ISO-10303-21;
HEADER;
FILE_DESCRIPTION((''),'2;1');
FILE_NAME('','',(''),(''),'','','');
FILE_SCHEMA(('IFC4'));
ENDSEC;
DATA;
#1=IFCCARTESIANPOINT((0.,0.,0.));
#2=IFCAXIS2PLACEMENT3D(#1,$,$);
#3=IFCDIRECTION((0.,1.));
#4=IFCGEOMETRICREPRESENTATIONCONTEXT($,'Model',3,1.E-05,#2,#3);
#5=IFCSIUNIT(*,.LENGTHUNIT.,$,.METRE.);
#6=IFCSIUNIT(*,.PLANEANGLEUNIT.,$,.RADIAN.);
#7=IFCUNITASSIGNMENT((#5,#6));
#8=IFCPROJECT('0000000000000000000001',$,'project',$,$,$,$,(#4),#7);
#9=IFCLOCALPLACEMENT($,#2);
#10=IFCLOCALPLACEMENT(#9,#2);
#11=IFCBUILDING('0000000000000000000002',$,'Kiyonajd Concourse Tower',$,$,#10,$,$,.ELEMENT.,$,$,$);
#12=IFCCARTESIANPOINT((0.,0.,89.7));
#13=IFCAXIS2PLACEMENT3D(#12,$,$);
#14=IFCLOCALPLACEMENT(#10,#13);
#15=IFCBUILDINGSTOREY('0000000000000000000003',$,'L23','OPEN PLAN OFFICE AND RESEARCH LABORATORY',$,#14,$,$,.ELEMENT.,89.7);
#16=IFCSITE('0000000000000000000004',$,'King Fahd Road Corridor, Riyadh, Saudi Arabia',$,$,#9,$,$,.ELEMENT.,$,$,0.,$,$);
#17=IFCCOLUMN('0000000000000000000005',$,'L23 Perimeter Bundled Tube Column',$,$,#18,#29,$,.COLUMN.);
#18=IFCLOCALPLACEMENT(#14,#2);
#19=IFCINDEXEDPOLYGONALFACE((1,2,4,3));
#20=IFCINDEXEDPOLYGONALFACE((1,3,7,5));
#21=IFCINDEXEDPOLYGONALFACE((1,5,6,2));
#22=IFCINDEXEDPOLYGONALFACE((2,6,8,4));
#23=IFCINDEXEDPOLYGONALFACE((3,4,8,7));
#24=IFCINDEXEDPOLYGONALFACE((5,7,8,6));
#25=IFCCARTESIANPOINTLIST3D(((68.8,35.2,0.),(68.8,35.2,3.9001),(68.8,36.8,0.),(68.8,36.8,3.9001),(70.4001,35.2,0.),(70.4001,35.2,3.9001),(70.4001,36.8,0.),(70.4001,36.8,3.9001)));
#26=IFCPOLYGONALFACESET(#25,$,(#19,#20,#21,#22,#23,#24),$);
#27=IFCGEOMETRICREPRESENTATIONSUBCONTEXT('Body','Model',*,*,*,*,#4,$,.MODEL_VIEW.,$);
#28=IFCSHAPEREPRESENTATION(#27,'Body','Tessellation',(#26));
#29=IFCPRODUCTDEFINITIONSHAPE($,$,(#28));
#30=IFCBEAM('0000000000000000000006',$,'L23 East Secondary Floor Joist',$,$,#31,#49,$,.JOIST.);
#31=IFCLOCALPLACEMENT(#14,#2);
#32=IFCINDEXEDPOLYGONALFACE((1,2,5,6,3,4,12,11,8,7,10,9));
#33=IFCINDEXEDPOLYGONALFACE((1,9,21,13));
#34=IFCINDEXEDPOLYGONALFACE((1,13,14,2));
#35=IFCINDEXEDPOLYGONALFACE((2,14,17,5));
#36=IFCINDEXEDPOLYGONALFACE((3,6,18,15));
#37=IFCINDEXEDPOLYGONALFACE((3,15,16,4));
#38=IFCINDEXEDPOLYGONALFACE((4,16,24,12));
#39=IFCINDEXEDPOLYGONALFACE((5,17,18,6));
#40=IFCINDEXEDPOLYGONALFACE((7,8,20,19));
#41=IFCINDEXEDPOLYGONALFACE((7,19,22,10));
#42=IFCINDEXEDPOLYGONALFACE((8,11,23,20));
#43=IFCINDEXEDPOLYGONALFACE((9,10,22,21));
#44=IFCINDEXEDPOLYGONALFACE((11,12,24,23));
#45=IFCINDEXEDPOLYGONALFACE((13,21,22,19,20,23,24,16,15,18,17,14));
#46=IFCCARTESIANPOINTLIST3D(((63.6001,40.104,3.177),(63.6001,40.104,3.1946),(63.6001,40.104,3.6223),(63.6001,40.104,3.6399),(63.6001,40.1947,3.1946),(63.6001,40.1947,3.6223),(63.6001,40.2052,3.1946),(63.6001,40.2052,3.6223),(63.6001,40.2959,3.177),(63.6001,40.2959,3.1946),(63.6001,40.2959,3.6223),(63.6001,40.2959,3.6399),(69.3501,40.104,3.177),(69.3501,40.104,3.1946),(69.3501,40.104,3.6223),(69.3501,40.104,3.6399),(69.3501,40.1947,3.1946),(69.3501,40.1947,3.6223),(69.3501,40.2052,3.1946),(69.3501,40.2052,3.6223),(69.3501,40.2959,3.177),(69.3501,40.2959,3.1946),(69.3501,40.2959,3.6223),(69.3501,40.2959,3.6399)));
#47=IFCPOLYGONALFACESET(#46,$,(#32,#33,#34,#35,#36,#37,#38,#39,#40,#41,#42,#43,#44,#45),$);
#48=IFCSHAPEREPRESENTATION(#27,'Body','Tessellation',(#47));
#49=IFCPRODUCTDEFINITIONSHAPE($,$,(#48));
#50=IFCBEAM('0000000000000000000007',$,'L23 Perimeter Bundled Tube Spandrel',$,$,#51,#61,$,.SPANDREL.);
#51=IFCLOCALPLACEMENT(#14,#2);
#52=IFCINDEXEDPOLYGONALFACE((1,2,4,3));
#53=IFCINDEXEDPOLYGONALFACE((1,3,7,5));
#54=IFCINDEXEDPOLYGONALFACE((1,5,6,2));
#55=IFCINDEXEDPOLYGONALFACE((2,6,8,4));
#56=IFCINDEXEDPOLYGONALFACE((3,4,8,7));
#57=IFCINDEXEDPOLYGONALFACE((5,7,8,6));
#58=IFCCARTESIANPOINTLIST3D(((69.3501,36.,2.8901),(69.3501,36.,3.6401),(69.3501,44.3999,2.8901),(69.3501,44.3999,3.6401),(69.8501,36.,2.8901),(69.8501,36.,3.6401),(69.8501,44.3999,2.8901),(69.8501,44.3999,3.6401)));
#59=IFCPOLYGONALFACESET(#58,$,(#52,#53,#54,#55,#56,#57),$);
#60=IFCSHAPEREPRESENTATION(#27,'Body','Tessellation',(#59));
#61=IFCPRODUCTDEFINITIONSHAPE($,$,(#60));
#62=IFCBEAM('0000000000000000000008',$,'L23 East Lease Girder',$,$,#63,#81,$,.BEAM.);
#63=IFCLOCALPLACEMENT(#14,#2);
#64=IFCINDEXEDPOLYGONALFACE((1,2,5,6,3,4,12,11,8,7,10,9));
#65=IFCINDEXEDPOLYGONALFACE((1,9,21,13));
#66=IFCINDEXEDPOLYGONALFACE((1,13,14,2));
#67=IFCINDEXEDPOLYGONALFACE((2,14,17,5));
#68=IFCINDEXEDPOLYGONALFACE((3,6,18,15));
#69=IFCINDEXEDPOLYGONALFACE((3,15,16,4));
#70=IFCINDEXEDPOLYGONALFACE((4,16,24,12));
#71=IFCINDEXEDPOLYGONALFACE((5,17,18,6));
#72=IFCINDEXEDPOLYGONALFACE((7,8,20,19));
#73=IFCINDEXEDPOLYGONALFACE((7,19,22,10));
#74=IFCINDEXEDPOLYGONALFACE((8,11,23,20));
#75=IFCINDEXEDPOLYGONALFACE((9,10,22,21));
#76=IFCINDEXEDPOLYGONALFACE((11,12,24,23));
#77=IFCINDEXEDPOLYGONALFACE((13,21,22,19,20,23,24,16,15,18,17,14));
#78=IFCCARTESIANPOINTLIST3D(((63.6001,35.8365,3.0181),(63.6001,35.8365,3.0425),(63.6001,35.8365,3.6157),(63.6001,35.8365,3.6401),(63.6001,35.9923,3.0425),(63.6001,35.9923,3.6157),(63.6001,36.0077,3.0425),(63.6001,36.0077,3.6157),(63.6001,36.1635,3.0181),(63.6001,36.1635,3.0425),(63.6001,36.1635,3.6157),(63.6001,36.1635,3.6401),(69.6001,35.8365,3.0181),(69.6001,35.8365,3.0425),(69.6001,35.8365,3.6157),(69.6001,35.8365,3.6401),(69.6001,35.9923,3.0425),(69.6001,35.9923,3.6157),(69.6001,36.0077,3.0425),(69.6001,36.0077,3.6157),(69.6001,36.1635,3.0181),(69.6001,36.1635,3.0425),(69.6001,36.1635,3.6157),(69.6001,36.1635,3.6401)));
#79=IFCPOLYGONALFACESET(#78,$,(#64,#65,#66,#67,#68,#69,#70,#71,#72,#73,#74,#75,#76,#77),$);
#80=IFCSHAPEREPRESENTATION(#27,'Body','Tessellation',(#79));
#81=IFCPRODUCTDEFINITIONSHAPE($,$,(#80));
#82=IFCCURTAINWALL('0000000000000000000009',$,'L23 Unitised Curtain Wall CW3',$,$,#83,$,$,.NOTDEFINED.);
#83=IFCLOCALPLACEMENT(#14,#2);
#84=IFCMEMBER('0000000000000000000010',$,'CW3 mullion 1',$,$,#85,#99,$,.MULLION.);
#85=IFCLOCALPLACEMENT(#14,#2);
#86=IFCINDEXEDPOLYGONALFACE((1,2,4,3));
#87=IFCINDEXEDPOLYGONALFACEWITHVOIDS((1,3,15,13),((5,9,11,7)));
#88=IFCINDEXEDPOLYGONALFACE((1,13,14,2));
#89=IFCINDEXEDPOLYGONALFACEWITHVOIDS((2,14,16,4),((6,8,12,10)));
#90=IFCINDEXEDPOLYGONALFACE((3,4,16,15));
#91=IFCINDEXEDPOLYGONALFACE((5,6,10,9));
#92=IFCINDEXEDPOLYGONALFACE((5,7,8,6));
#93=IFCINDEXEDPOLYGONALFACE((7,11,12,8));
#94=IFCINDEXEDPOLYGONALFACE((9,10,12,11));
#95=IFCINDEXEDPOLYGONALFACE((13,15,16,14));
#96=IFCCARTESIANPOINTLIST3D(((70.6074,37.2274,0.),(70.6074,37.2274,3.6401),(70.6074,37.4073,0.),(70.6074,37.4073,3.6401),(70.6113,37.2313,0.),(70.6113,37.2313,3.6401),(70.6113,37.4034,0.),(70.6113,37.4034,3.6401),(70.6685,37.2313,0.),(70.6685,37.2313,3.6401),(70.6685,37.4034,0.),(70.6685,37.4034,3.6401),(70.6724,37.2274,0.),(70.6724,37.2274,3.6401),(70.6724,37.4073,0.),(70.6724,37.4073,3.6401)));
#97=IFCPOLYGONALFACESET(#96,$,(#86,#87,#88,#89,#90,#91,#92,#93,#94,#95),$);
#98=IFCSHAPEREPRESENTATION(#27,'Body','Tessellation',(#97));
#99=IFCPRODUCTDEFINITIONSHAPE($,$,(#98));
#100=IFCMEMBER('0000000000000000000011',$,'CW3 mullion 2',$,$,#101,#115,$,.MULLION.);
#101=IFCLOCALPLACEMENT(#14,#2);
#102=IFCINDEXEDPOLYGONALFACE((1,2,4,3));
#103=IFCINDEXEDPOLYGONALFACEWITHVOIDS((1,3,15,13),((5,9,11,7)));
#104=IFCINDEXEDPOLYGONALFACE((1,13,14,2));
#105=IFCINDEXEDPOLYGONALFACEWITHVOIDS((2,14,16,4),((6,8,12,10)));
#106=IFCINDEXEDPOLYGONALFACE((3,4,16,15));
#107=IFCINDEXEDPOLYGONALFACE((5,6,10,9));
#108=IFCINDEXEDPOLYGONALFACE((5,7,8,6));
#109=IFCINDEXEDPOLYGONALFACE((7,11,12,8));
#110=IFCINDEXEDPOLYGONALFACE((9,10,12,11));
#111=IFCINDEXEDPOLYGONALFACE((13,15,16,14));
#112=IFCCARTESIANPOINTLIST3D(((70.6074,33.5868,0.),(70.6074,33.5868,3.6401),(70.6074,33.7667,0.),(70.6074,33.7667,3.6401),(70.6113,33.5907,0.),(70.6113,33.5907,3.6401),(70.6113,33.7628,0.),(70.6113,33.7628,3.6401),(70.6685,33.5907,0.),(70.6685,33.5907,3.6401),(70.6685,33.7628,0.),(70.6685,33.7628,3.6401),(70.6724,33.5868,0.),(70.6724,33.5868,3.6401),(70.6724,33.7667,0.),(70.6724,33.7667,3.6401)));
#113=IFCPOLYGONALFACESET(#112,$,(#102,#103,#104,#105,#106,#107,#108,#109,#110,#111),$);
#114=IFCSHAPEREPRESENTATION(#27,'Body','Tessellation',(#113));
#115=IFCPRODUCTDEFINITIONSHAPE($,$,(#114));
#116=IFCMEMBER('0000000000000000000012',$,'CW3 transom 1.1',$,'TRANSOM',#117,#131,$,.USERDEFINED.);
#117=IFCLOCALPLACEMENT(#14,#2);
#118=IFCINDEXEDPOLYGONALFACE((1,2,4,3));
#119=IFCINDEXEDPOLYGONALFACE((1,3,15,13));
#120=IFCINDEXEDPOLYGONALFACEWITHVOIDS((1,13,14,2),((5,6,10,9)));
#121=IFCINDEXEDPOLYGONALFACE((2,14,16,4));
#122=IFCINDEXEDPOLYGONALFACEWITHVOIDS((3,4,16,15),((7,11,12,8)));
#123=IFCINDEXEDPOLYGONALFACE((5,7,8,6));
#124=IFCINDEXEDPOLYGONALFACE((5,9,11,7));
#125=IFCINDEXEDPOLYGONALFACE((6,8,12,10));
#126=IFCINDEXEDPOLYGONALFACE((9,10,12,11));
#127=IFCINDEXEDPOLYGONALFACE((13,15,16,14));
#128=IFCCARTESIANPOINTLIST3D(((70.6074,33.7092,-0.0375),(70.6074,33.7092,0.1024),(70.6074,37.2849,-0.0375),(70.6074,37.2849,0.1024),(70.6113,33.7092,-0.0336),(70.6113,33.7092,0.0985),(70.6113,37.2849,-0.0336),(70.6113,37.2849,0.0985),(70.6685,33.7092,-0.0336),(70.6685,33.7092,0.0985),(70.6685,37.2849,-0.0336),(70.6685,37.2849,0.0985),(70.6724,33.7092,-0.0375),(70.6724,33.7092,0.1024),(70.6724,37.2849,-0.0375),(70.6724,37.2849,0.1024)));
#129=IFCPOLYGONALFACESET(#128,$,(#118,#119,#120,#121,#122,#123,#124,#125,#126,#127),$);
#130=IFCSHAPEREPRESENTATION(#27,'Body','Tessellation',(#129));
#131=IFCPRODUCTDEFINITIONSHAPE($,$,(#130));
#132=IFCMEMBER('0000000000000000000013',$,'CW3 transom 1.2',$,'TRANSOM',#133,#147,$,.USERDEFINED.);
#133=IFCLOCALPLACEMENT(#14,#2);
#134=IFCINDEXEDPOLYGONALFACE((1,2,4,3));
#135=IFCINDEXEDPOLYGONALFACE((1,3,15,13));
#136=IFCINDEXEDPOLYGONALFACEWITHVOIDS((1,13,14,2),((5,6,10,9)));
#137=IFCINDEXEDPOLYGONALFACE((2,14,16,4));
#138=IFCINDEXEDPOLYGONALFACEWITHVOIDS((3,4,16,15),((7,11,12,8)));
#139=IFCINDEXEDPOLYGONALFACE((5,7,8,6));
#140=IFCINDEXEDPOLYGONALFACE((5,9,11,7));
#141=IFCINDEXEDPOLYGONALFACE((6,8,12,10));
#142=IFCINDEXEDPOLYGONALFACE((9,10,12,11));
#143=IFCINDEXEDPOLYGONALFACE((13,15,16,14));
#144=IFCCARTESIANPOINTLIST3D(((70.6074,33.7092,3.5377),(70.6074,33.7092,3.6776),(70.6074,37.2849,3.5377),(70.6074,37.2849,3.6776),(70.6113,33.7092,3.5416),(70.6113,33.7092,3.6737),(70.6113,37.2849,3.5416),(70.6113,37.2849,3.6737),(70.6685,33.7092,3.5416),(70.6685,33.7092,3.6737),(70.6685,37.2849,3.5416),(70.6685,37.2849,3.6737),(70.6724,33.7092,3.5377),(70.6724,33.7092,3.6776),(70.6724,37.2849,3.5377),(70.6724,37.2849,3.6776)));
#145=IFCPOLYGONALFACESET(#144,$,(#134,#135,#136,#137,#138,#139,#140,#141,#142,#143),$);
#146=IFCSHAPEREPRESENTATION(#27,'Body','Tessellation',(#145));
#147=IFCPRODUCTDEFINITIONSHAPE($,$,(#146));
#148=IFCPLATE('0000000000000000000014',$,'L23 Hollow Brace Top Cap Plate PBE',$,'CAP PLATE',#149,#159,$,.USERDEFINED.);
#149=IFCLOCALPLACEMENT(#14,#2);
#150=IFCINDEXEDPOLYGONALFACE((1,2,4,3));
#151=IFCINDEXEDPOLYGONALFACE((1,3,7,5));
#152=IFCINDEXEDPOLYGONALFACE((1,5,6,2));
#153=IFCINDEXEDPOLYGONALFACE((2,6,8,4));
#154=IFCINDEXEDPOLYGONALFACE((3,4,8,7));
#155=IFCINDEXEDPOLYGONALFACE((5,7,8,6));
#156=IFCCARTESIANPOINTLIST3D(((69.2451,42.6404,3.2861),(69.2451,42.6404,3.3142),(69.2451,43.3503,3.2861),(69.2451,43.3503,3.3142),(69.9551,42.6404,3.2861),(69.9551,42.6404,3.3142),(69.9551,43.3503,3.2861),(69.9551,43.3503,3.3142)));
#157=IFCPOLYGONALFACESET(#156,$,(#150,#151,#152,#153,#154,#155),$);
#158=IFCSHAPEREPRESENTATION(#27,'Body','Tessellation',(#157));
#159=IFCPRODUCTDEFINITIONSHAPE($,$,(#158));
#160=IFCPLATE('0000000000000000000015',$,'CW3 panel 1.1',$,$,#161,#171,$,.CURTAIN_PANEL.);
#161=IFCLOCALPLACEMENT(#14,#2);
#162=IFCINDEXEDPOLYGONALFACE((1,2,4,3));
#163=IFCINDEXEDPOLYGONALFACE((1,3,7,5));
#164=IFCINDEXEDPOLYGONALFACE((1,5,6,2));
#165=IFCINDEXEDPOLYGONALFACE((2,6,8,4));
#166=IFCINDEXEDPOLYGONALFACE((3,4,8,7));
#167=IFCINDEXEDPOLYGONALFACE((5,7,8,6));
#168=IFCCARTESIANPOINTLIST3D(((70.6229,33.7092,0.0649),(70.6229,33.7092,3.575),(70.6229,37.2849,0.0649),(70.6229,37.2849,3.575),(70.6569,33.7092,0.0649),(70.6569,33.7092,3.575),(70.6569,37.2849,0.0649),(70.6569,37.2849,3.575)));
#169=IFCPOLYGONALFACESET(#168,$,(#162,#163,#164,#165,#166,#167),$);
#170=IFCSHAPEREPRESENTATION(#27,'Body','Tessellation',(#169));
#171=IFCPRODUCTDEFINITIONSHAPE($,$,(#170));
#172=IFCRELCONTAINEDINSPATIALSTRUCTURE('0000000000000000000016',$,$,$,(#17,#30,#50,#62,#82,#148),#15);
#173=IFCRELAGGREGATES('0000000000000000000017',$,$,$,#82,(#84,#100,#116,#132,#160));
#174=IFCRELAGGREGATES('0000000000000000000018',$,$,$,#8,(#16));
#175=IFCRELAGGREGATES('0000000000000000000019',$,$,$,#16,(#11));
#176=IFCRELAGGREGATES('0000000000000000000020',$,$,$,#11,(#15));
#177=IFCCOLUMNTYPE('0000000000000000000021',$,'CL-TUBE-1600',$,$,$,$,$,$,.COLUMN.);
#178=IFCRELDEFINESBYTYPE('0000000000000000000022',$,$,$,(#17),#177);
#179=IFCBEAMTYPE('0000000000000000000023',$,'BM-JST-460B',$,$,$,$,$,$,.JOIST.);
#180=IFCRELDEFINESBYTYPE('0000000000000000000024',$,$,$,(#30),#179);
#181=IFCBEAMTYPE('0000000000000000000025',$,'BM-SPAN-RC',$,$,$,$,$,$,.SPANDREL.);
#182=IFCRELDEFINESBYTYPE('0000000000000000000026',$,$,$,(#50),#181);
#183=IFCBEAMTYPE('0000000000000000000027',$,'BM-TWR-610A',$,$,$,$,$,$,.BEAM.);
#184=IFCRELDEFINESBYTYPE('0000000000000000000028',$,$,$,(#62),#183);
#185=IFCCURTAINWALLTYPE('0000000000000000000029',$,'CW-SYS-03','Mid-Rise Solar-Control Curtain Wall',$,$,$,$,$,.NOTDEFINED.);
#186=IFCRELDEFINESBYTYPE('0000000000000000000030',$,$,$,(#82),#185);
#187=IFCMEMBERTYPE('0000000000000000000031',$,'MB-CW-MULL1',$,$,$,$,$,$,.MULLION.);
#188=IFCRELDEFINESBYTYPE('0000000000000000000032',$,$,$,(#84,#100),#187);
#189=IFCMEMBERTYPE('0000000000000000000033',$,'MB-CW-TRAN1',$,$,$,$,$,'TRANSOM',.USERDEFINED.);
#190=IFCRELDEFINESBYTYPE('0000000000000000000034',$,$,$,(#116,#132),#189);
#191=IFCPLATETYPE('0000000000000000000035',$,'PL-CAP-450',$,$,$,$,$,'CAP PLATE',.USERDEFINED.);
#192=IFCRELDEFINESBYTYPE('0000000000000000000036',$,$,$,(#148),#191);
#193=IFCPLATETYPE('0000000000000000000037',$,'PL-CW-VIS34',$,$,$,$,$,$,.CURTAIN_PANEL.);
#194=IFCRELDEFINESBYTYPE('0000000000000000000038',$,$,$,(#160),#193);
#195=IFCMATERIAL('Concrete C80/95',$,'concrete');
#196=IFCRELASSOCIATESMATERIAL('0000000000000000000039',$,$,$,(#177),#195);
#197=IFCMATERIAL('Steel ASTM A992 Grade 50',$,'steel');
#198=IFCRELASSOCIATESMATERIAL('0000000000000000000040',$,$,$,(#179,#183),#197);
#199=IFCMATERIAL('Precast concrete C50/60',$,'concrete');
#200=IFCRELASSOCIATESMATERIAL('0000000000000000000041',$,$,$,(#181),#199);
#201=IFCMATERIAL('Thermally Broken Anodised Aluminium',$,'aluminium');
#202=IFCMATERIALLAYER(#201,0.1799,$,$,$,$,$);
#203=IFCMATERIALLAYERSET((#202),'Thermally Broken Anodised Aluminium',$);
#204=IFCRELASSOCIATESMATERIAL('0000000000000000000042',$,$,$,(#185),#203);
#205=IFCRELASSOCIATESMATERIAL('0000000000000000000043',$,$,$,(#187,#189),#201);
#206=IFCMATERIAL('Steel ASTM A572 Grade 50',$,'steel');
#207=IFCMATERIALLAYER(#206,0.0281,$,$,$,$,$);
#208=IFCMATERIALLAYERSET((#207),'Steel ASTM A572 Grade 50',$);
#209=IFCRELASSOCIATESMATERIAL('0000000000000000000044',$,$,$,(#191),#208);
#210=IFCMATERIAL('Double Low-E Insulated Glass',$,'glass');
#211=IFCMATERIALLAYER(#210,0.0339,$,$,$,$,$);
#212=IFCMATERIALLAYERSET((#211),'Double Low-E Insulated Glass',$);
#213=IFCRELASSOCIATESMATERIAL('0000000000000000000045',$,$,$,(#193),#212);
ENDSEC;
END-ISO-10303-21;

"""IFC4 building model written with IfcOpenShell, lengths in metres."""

from ifc_helpers import new_model, si_unit, direction, frame, origin, origin_2d, place, context, subcontext, project, spatial, rectangle, hollow_rectangle, i_section, extrude, material, layer, layer_set, material_profile, profile_set, type_object, element, aggregate, save


model = new_model("IFC4")

# Units and contexts
model_context = context("Model", 3, precision=1e-05, world=origin(), true_north=direction((0.0, 1.0)))
body_context = subcontext(model_context, "Body", "Model", "MODEL_VIEW")
ifc_project = project(units=[si_unit("LENGTHUNIT", "METRE"), si_unit("PLANEANGLEUNIT", "RADIAN")], contexts=[model_context])

# Site, building, storey
site_placement = place(None, origin())
site = spatial("IfcSite", under=ifc_project, at=site_placement, Name="King Fahd Road Corridor, Riyadh, Saudi Arabia", CompositionType="ELEMENT", RefElevation=0.0)
building_placement = place(site_placement, origin())
building = spatial("IfcBuilding", under=site, at=building_placement, Name="Kiyonajd Concourse Tower", CompositionType="ELEMENT")
storey_placement = place(building_placement, frame((0.0, 0.0, 89.7)))
storey = spatial("IfcBuildingStorey", under=building, at=storey_placement, Name="L23", Description="OPEN PLAN OFFICE AND RESEARCH LABORATORY", CompositionType="ELEMENT", Elevation=89.7)

# Column
ifc_material_1 = material(Name="Concrete C80/95", Category="concrete")
ifc_material_profile_1 = material_profile(ifc_material_1, rectangle(XDim=1.6001, YDim=1.6001, at=origin_2d()), Name="RC-1600x1600")
ifc_profile_set_1 = profile_set([ifc_material_profile_1], Name="Concrete C80/95")
column_type = type_object("IfcColumnType", Name="CL-TUBE-1600", PredefinedType="COLUMN", material=ifc_profile_set_1)
column_placement = place(storey_placement, frame((69.6001, 36.0, 0.0), z_axis=(0.0, 0.0, 1.0), x_axis=(1.0, 0.0, 0.0)))
element("IfcColumn", 1, at=column_placement, inside=storey, type_object=column_type, Name="L23 Perimeter Bundled Tube Column", PredefinedType="COLUMN", context=body_context, shape_type="SweptSolid", body=[
    extrude(rectangle(XDim=1.6001, YDim=1.6001, at=origin_2d()), origin(), (0.0, 0.0, 1.0), 3.9001),
])

# Beams
ifc_material_2 = material(Name="Steel ASTM A992 Grade 50", Category="steel")
ifc_material_profile_2 = material_profile(ifc_material_2, i_section(OverallWidth=0.1919, OverallDepth=0.4629, WebThickness=0.0105, FlangeThickness=0.0176, at=origin_2d()), Name="W460X89")
ifc_profile_set_2 = profile_set([ifc_material_profile_2], Name="Steel ASTM A992 Grade 50")
beam_type_1 = type_object("IfcBeamType", Name="BM-JST-460B", PredefinedType="JOIST", material=ifc_profile_set_2)
beam_1_placement = place(storey_placement, frame((63.6001, 40.2, 3.4084), z_axis=(1.0, 0.0, 0.0), x_axis=(0.0, 1.0, 0.0)))
element("IfcBeam", 2, at=beam_1_placement, inside=storey, type_object=beam_type_1, Name="L23 East Secondary Floor Joist", PredefinedType="JOIST", context=body_context, shape_type="SweptSolid", body=[
    extrude(i_section(OverallWidth=0.1919, OverallDepth=0.4629, WebThickness=0.0105, FlangeThickness=0.0176, at=origin_2d()), origin(), (0.0, 0.0, 1.0), 5.75),
])
ifc_material_3 = material(Name="Precast concrete C50/60", Category="concrete")
ifc_material_profile_3 = material_profile(ifc_material_3, rectangle(XDim=0.5, YDim=0.75, at=origin_2d()), Name="RCBM-500x750")
ifc_profile_set_3 = profile_set([ifc_material_profile_3], Name="Precast concrete C50/60")
beam_type_2 = type_object("IfcBeamType", Name="BM-SPAN-RC", PredefinedType="SPANDREL", material=ifc_profile_set_3)
beam_2_placement = place(storey_placement, frame((69.6001, 36.0, 3.2651), z_axis=(0.0, 1.0, 0.0), x_axis=(-1.0, 0.0, 0.0)))
element("IfcBeam", 3, at=beam_2_placement, inside=storey, type_object=beam_type_2, Name="L23 Perimeter Bundled Tube Spandrel", PredefinedType="SPANDREL", context=body_context, shape_type="SweptSolid", body=[
    extrude(rectangle(XDim=0.5, YDim=0.75, at=origin_2d()), origin(), (0.0, 0.0, 1.0), 8.3999),
])
ifc_material_profile_4 = material_profile(ifc_material_2, i_section(OverallWidth=0.3269, OverallDepth=0.6221, WebThickness=0.0154, FlangeThickness=0.0244, at=origin_2d()), Name="W610X195")
ifc_profile_set_4 = profile_set([ifc_material_profile_4], Name="Steel ASTM A992 Grade 50")
beam_type_3 = type_object("IfcBeamType", Name="BM-TWR-610A", PredefinedType="BEAM", material=ifc_profile_set_4)
beam_3_placement = place(storey_placement, frame((63.6001, 36.0, 3.3291), z_axis=(1.0, 0.0, 0.0), x_axis=(0.0, 1.0, 0.0)))
element("IfcBeam", 4, at=beam_3_placement, inside=storey, type_object=beam_type_3, Name="L23 East Lease Girder", PredefinedType="BEAM", context=body_context, shape_type="SweptSolid", body=[
    extrude(i_section(OverallWidth=0.3269, OverallDepth=0.6221, WebThickness=0.0154, FlangeThickness=0.0244, at=origin_2d()), origin(), (0.0, 0.0, 1.0), 6.0),
])

# Curtain wall, members
ifc_material_4 = material(Name="Thermally Broken Anodised Aluminium", Category="aluminium")
ifc_layer_1 = layer(ifc_material_4, 0.1799)
ifc_layer_set_1 = layer_set([ifc_layer_1], Name="Thermally Broken Anodised Aluminium")
curtain_wall_type = type_object("IfcCurtainWallType", Name="CW-SYS-03", Description="Mid-Rise Solar-Control Curtain Wall", PredefinedType="NOTDEFINED", material=ifc_layer_set_1)
curtain_wall_placement = place(storey_placement, origin())
curtain_wall = element("IfcCurtainWall", 5, at=curtain_wall_placement, inside=storey, type_object=curtain_wall_type, Name="L23 Unitised Curtain Wall CW3", PredefinedType="NOTDEFINED")
ifc_material_profile_5 = material_profile(ifc_material_4, hollow_rectangle(XDim=0.0649, YDim=0.1799, WallThickness=0.0039, at=origin_2d()), Name="MULL-65x180")
ifc_profile_set_5 = profile_set([ifc_material_profile_5], Name="Thermally Broken Anodised Aluminium")
member_type_1 = type_object("IfcMemberType", Name="MB-CW-MULL1", PredefinedType="MULLION", material=ifc_profile_set_5)
member_1_placement = place(storey_placement, frame((70.6399, 37.3174, 0.0), z_axis=(0.0, 0.0, 1.0), x_axis=(1.0, 0.0, 0.0)))
member_1 = element("IfcMember", 6, at=member_1_placement, type_object=member_type_1, Name="CW3 mullion 1", PredefinedType="MULLION", context=body_context, shape_type="SweptSolid", body=[
    extrude(hollow_rectangle(XDim=0.0649, YDim=0.1799, WallThickness=0.0039, at=origin_2d()), origin(), (0.0, 0.0, 1.0), 3.6401),
])
member_2_placement = place(storey_placement, frame((70.6399, 33.6768, 0.0), z_axis=(0.0, 0.0, 1.0), x_axis=(1.0, 0.0, 0.0)))
member_2 = element("IfcMember", 7, at=member_2_placement, type_object=member_type_1, Name="CW3 mullion 2", PredefinedType="MULLION", context=body_context, shape_type="SweptSolid", body=[
    extrude(hollow_rectangle(XDim=0.0649, YDim=0.1799, WallThickness=0.0039, at=origin_2d()), origin(), (0.0, 0.0, 1.0), 3.6401),
])
ifc_material_profile_6 = material_profile(ifc_material_4, hollow_rectangle(XDim=0.0649, YDim=0.1399, WallThickness=0.0039, at=origin_2d()), Name="TRAN-65x140")
ifc_profile_set_6 = profile_set([ifc_material_profile_6], Name="Thermally Broken Anodised Aluminium")
member_type_2 = type_object("IfcMemberType", Name="MB-CW-TRAN1", ElementType="TRANSOM", PredefinedType="USERDEFINED", material=ifc_profile_set_6)
member_3_placement = place(storey_placement, frame((70.6399, 37.2849, 0.0325), z_axis=(0.0, -1.0, 0.0), x_axis=(1.0, 0.0, 0.0)))
member_3 = element("IfcMember", 8, at=member_3_placement, type_object=member_type_2, Name="CW3 transom 1.1", ObjectType="TRANSOM", PredefinedType="USERDEFINED", context=body_context, shape_type="SweptSolid", body=[
    extrude(hollow_rectangle(XDim=0.0649, YDim=0.1399, WallThickness=0.0039, at=origin_2d()), origin(), (0.0, 0.0, 1.0), 3.5757),
])
member_4_placement = place(storey_placement, frame((70.6399, 37.2849, 3.6077), z_axis=(0.0, -1.0, 0.0), x_axis=(1.0, 0.0, 0.0)))
member_4 = element("IfcMember", 9, at=member_4_placement, type_object=member_type_2, Name="CW3 transom 1.2", ObjectType="TRANSOM", PredefinedType="USERDEFINED", context=body_context, shape_type="SweptSolid", body=[
    extrude(hollow_rectangle(XDim=0.0649, YDim=0.1399, WallThickness=0.0039, at=origin_2d()), origin(), (0.0, 0.0, 1.0), 3.5757),
])

# Plates
ifc_material_5 = material(Name="Steel ASTM A572 Grade 50", Category="steel")
ifc_layer_2 = layer(ifc_material_5, 0.0281)
ifc_layer_set_2 = layer_set([ifc_layer_2], Name="Steel ASTM A572 Grade 50")
plate_type_1 = type_object("IfcPlateType", Name="PL-CAP-450", ElementType="CAP PLATE", PredefinedType="USERDEFINED", material=ifc_layer_set_2)
plate_1_placement = place(storey_placement, frame((69.6001, 42.9954, 3.2861), z_axis=(0.0, 0.0, 1.0), x_axis=(1.0, 0.0, 0.0)))
element("IfcPlate", 10, at=plate_1_placement, inside=storey, type_object=plate_type_1, Name="L23 Hollow Brace Top Cap Plate PBE", ObjectType="CAP PLATE", PredefinedType="USERDEFINED", context=body_context, shape_type="SweptSolid", body=[
    extrude(rectangle(XDim=0.71, YDim=0.71, at=origin_2d()), origin(), (0.0, 0.0, 1.0), 0.0281),
])
ifc_material_6 = material(Name="Double Low-E Insulated Glass", Category="glass")
ifc_layer_3 = layer(ifc_material_6, 0.0339)
ifc_layer_set_3 = layer_set([ifc_layer_3], Name="Double Low-E Insulated Glass")
plate_type_2 = type_object("IfcPlateType", Name="PL-CW-VIS34", PredefinedType="CURTAIN_PANEL", material=ifc_layer_set_3)
plate_2_placement = place(storey_placement, frame((70.6399, 35.4971, 0.0649), z_axis=(0.0, 0.0, 1.0), x_axis=(0.0, -1.0, 0.0)))
plate_2 = element("IfcPlate", 11, at=plate_2_placement, type_object=plate_type_2, Name="CW3 panel 1.1", PredefinedType="CURTAIN_PANEL", context=body_context, shape_type="SweptSolid", body=[
    extrude(rectangle(XDim=3.5757, YDim=0.0339, at=origin_2d()), origin(), (0.0, 0.0, 1.0), 3.51),
])
aggregate(curtain_wall, [member_1, member_2, member_3, member_4, plate_2])

save(model, "model.ifc")
